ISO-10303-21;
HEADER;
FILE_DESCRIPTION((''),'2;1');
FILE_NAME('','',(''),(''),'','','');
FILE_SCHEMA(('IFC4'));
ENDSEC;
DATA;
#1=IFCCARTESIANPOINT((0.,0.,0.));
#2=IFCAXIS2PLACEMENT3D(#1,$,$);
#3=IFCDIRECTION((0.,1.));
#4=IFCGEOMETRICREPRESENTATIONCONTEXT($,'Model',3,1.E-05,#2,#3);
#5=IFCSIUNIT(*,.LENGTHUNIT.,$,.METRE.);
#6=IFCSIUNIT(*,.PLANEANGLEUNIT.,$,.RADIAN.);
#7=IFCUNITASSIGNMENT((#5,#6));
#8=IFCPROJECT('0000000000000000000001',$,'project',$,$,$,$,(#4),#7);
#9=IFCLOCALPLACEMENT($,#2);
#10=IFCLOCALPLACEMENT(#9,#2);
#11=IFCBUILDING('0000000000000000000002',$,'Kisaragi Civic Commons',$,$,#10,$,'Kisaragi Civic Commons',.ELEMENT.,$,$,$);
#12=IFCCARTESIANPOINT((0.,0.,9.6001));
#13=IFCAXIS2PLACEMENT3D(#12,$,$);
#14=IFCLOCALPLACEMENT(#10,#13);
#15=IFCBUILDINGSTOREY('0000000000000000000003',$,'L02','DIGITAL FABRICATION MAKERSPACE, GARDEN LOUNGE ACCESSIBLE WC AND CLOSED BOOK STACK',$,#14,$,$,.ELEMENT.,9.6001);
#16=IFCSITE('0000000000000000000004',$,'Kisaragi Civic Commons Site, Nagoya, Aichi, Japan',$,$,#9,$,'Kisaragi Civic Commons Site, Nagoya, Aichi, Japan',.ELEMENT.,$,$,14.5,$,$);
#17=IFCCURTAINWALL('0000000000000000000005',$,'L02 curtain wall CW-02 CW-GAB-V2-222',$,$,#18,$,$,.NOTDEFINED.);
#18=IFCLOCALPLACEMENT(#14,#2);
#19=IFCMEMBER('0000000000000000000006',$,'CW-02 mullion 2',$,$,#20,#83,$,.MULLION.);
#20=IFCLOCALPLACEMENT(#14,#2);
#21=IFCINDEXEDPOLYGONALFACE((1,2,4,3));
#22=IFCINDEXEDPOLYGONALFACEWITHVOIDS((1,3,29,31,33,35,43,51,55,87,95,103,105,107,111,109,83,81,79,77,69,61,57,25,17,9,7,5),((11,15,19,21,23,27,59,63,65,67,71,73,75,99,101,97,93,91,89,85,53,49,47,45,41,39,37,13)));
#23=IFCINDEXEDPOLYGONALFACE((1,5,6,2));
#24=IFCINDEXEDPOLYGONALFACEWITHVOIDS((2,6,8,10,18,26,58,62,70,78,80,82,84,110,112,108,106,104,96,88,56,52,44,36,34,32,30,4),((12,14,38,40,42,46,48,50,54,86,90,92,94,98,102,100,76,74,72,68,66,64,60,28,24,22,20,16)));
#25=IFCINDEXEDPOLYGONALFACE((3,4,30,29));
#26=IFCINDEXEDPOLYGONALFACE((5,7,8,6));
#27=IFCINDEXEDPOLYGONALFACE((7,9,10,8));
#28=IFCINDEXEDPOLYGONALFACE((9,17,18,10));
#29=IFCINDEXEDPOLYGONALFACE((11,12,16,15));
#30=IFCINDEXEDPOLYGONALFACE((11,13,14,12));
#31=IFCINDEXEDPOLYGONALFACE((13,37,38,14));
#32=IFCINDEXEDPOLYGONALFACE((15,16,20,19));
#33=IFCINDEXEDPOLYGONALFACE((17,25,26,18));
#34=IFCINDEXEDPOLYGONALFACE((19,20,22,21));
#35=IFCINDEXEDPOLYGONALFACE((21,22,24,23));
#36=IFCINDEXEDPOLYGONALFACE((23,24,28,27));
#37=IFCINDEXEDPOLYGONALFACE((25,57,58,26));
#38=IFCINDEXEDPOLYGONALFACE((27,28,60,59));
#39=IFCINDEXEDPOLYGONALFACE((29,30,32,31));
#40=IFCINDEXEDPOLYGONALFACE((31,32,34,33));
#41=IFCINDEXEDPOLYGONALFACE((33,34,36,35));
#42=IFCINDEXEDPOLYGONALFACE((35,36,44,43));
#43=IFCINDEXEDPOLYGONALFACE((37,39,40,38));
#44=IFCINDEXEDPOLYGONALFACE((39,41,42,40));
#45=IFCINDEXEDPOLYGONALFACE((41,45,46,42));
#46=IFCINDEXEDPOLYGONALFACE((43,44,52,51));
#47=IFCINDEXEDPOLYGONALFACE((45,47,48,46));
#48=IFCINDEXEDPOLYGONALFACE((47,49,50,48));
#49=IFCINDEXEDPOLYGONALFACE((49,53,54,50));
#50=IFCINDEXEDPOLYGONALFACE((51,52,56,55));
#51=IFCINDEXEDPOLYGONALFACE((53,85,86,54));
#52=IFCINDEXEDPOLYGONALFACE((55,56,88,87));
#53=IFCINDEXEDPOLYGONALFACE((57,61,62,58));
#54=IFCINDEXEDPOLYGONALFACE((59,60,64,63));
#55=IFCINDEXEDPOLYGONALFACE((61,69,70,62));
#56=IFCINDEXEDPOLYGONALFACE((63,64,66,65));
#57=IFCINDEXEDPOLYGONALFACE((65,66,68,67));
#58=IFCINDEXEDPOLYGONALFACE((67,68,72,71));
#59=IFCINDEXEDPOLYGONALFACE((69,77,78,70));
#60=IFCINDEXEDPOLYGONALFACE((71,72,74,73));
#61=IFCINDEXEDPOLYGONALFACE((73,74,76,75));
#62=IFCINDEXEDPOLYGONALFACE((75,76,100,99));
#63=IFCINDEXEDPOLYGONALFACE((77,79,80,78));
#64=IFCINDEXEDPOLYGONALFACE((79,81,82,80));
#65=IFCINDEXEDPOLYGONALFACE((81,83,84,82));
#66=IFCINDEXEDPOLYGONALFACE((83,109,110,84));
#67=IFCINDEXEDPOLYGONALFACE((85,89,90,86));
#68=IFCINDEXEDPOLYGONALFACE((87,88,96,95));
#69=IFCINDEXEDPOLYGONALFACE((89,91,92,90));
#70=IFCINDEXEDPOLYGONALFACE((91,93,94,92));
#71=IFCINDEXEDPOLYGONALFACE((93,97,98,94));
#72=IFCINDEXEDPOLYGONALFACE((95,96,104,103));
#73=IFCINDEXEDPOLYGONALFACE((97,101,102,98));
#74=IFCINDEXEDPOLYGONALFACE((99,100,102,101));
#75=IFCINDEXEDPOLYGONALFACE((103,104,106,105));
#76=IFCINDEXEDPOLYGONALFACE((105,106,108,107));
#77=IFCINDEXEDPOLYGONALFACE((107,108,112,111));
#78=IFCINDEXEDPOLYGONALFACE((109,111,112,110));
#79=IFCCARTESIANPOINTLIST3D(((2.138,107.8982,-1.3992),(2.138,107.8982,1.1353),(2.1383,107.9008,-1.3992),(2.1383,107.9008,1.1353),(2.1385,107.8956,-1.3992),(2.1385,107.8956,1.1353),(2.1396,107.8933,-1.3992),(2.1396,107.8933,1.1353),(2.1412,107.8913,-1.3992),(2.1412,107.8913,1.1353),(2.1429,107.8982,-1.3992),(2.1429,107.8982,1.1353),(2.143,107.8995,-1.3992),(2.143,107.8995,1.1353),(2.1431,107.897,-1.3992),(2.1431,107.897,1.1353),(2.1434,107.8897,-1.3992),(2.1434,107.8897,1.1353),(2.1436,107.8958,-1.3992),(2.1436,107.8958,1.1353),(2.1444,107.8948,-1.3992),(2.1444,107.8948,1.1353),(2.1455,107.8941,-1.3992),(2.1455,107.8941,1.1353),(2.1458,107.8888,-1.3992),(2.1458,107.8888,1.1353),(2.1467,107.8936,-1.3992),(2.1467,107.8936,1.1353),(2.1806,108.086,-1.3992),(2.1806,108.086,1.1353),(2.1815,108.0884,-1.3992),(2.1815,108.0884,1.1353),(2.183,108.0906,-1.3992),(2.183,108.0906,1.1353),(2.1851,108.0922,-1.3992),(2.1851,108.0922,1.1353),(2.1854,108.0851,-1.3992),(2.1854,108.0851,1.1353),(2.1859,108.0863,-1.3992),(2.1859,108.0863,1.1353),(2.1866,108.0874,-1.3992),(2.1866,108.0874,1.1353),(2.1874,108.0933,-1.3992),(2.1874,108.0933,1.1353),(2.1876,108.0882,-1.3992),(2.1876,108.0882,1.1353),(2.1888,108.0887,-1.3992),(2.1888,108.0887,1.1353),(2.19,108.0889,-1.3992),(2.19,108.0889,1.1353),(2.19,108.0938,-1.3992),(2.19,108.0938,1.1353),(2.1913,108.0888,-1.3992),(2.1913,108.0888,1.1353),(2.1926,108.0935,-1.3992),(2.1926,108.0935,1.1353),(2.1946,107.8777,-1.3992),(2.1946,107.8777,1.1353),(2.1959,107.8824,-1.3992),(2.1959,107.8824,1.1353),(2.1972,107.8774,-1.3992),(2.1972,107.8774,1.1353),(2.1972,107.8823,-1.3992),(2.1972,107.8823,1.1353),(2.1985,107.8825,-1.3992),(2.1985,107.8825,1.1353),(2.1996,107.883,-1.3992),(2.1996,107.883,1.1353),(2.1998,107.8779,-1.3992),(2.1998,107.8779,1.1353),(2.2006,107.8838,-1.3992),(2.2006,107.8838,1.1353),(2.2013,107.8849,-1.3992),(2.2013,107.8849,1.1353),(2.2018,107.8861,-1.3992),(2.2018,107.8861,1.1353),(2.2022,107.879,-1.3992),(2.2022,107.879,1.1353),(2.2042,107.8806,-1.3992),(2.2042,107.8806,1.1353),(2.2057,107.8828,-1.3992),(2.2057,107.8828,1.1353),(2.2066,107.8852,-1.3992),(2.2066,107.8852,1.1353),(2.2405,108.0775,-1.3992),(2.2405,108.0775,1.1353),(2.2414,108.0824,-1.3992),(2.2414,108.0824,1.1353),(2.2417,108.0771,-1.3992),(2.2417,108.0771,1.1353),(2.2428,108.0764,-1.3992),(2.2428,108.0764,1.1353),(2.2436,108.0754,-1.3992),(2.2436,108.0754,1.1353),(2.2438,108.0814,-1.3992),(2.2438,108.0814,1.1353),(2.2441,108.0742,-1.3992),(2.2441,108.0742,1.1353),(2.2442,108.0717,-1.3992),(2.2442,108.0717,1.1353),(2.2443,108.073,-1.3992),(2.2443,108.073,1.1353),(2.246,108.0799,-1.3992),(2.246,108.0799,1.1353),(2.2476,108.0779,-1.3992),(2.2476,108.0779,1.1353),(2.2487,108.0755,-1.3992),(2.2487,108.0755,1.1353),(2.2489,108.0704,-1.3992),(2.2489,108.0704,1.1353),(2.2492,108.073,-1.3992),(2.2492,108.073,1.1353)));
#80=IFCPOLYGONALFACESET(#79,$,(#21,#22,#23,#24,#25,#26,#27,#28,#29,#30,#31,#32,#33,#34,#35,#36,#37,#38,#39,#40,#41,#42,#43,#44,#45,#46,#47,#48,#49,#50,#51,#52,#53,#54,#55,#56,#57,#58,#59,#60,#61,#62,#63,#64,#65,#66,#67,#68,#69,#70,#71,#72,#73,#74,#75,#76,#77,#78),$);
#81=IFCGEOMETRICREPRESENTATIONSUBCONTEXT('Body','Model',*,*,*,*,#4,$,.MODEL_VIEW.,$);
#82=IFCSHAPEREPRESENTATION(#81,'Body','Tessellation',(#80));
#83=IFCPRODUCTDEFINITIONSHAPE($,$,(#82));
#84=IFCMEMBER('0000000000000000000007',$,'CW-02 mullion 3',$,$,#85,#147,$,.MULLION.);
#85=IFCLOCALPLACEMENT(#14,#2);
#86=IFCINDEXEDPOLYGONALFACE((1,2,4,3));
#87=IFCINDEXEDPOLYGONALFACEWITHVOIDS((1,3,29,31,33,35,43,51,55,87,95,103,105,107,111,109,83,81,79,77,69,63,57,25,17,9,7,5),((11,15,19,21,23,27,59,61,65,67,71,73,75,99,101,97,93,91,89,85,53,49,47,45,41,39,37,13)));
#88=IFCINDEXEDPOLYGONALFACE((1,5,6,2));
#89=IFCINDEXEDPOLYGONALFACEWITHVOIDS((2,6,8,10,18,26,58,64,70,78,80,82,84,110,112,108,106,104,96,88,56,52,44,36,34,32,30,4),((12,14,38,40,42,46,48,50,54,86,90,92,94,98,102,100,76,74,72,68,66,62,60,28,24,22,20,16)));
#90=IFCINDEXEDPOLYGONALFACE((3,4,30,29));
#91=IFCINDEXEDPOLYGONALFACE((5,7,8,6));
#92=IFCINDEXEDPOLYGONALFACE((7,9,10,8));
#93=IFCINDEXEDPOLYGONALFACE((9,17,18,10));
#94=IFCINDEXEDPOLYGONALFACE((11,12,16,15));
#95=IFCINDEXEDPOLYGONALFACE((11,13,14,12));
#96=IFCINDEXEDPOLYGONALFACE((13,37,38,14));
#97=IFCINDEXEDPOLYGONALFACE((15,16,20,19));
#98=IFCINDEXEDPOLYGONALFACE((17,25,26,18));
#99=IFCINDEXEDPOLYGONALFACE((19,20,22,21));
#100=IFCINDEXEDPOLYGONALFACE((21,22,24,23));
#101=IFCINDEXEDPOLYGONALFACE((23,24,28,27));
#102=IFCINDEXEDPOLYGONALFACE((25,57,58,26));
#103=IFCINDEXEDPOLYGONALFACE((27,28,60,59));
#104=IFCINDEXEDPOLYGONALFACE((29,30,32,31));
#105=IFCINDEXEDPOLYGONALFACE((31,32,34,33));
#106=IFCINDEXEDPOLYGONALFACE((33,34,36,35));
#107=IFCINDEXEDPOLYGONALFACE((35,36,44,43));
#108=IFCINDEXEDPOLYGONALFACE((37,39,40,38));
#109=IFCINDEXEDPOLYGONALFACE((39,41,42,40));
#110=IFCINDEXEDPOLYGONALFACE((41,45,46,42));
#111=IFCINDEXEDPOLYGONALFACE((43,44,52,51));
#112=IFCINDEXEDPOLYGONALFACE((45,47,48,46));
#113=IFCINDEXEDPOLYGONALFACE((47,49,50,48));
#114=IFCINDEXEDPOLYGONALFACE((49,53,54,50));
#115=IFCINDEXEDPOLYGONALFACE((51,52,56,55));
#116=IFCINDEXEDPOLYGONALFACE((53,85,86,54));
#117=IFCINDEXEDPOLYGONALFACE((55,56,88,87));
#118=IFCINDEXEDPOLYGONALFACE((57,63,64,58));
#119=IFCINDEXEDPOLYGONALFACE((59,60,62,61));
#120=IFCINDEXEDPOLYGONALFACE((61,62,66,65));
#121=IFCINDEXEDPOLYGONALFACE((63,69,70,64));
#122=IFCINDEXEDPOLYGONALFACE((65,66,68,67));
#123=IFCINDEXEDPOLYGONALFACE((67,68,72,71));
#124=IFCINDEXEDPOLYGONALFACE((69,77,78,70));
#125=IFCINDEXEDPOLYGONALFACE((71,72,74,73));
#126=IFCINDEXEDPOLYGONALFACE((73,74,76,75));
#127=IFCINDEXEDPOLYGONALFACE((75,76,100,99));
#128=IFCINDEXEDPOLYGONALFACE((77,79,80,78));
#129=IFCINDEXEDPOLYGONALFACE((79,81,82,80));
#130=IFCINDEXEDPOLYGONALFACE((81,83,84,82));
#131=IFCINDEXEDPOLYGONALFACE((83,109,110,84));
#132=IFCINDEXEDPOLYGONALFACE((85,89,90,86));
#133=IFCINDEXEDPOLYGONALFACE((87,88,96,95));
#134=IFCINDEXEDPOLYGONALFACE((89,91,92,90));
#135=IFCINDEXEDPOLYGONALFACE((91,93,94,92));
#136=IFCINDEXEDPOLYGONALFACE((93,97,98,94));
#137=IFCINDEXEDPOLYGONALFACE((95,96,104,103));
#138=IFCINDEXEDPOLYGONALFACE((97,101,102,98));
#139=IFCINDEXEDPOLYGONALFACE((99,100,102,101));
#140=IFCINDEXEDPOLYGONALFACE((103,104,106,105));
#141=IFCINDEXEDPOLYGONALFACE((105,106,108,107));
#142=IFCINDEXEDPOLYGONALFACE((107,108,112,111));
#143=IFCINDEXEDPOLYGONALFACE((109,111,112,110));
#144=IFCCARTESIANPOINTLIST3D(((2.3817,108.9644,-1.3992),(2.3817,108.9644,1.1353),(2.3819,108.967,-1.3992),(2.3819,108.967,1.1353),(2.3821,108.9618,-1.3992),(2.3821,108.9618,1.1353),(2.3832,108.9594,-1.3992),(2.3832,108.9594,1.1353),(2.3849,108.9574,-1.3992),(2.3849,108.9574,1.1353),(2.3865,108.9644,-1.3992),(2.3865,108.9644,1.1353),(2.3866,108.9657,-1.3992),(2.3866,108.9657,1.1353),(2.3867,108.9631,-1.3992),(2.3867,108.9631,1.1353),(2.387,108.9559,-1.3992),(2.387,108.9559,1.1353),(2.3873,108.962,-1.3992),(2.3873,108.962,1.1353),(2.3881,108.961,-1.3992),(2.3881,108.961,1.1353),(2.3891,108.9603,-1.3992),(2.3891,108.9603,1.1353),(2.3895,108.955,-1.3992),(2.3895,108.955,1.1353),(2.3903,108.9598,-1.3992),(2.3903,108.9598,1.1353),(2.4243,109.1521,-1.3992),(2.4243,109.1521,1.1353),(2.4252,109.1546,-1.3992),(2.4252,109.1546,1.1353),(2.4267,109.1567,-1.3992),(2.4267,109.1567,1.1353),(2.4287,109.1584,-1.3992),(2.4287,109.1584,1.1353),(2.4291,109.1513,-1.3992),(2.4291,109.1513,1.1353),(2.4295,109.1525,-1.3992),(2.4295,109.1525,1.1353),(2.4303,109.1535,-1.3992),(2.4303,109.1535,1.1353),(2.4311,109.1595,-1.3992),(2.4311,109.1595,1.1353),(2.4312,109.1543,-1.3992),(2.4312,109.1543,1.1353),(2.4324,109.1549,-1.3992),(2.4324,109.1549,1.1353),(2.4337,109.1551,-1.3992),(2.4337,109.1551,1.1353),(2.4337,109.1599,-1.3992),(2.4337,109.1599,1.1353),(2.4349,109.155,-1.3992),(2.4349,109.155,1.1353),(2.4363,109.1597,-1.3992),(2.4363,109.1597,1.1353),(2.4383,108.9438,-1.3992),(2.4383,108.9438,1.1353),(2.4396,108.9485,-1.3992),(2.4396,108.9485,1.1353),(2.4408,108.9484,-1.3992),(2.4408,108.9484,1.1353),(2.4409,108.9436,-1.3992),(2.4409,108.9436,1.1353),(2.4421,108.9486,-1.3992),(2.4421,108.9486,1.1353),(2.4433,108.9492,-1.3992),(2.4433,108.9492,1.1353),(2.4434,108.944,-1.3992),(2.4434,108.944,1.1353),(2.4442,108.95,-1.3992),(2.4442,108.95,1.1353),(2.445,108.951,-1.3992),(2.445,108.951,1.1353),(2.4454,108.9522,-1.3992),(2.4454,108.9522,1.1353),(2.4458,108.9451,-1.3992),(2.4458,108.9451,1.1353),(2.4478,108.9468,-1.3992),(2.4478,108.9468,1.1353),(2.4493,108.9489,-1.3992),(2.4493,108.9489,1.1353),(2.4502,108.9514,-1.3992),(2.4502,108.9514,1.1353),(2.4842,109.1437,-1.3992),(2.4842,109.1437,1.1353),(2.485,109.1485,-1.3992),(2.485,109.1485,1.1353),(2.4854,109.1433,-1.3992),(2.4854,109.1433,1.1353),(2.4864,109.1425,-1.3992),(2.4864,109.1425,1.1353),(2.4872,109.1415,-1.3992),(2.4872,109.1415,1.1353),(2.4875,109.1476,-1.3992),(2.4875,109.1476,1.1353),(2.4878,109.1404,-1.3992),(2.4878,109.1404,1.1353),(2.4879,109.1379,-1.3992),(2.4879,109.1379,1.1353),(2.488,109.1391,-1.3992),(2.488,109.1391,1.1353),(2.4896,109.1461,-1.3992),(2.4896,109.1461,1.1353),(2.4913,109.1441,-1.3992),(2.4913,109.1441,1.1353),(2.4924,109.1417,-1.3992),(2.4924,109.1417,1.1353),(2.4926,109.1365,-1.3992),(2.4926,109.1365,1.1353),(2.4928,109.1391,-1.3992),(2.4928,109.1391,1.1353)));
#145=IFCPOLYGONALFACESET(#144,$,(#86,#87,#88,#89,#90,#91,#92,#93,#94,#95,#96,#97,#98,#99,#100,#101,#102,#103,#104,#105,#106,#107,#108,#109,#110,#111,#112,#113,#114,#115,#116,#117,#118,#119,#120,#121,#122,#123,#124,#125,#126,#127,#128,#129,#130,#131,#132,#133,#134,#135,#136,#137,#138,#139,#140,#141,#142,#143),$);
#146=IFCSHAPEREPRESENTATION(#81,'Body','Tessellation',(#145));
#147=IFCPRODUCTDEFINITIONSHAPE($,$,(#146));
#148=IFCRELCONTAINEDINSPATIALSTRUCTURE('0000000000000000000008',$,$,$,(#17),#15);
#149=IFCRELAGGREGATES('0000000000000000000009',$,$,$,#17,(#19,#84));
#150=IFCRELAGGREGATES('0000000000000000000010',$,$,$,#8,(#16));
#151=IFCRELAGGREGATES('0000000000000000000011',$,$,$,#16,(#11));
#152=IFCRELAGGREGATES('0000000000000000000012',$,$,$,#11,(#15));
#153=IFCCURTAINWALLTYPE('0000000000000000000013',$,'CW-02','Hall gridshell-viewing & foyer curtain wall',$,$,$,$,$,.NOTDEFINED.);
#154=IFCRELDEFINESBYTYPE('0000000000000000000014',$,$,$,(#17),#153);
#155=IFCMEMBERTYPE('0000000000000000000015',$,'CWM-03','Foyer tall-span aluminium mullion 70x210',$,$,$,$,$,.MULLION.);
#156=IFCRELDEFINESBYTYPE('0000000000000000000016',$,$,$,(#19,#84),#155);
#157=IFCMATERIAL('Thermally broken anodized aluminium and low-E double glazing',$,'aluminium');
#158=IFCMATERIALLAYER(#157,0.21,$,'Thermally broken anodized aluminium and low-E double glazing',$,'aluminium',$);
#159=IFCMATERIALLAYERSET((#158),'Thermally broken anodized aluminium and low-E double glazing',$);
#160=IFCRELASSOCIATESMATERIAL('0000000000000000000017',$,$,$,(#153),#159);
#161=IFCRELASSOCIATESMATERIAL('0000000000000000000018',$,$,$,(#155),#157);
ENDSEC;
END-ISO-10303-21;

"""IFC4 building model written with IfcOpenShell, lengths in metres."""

from ifc_helpers import new_model, si_unit, direction, frame, origin, origin_2d, place, context, subcontext, project, spatial, hollow_rectangle, extrude, material, layer, layer_set, material_profile, profile_set, type_object, element, aggregate, save


model = new_model("IFC4")

# Units and contexts
model_context = context("Model", 3, precision=1e-05, world=origin(), true_north=direction((0.0, 1.0)))
body_context = subcontext(model_context, "Body", "Model", "MODEL_VIEW")
ifc_project = project(units=[si_unit("LENGTHUNIT", "METRE"), si_unit("PLANEANGLEUNIT", "RADIAN")], contexts=[model_context])

# Site, building, storey
site_placement = place(None, origin())
site = spatial("IfcSite", under=ifc_project, at=site_placement, Name="Kisaragi Civic Commons Site, Nagoya, Aichi, Japan", LongName="Kisaragi Civic Commons Site, Nagoya, Aichi, Japan", CompositionType="ELEMENT", RefElevation=14.5)
building_placement = place(site_placement, origin())
building = spatial("IfcBuilding", under=site, at=building_placement, Name="Kisaragi Civic Commons", LongName="Kisaragi Civic Commons", CompositionType="ELEMENT")
storey_placement = place(building_placement, frame((0.0, 0.0, 9.6001)))
storey = spatial("IfcBuildingStorey", under=building, at=storey_placement, Name="L02", Description="DIGITAL FABRICATION MAKERSPACE, GARDEN LOUNGE ACCESSIBLE WC AND CLOSED BOOK STACK", CompositionType="ELEMENT", Elevation=9.6001)

# Shared definitions
ifc_material_1 = material(Name="Thermally broken anodized aluminium and low-E double glazing", Category="aluminium")

# Curtain wall, members
ifc_layer_1 = layer(ifc_material_1, 0.21, Name="Thermally broken anodized aluminium and low-E double glazing", Category="aluminium")
ifc_layer_set_1 = layer_set([ifc_layer_1], Name="Thermally broken anodized aluminium and low-E double glazing")
curtain_wall_type_1 = type_object("IfcCurtainWallType", Name="CW-02", Description="Hall gridshell-viewing & foyer curtain wall", PredefinedType="NOTDEFINED", material=ifc_layer_set_1)
curtain_wall_1_placement = place(storey_placement, origin())
curtain_wall_1 = element("IfcCurtainWall", 1, at=curtain_wall_1_placement, inside=storey, type_object=curtain_wall_type_1, Name="L02 curtain wall CW-02 CW-GAB-V2-222", PredefinedType="NOTDEFINED")
ifc_material_profile_1 = material_profile(ifc_material_1, hollow_rectangle(XDim=0.0701, YDim=0.21, WallThickness=0.0049, InnerFilletRadius=0.0049, OuterFilletRadius=0.01, at=origin_2d()), Name="CWM-70x210x5", Category="aluminium")
ifc_profile_set_1 = profile_set([ifc_material_profile_1], Name="Thermally broken anodized aluminium and low-E double glazing")
member_type_1 = type_object("IfcMemberType", Name="CWM-03", Description="Foyer tall-span aluminium mullion 70x210", PredefinedType="MULLION", material=ifc_profile_set_1)
member_1_placement = place(storey_placement, frame((2.1936, 107.9856, -1.3992), z_axis=(0.0, 0.0, 1.0), x_axis=(-0.974844, 0.222889, 0.0)))
member_1 = element("IfcMember", 2, at=member_1_placement, type_object=member_type_1, Name="CW-02 mullion 2", PredefinedType="MULLION", context=body_context, shape_type="SweptSolid", body=[
    extrude(hollow_rectangle(XDim=0.0701, YDim=0.21, WallThickness=0.0049, InnerFilletRadius=0.0049, OuterFilletRadius=0.01, at=origin_2d()), origin(), (0.0, 0.0, 1.0), 2.5344),
])
member_2_placement = place(storey_placement, frame((2.4373, 109.0518, -1.3992), z_axis=(0.0, 0.0, 1.0), x_axis=(-0.974844, 0.222889, 0.0)))
member_2 = element("IfcMember", 3, at=member_2_placement, type_object=member_type_1, Name="CW-02 mullion 3", PredefinedType="MULLION", context=body_context, shape_type="SweptSolid", body=[
    extrude(hollow_rectangle(XDim=0.0701, YDim=0.21, WallThickness=0.0049, InnerFilletRadius=0.0049, OuterFilletRadius=0.01, at=origin_2d()), origin(), (0.0, 0.0, 1.0), 2.5344),
])

aggregate(curtain_wall_1, [member_1, member_2])

save(model, "model.ifc")
